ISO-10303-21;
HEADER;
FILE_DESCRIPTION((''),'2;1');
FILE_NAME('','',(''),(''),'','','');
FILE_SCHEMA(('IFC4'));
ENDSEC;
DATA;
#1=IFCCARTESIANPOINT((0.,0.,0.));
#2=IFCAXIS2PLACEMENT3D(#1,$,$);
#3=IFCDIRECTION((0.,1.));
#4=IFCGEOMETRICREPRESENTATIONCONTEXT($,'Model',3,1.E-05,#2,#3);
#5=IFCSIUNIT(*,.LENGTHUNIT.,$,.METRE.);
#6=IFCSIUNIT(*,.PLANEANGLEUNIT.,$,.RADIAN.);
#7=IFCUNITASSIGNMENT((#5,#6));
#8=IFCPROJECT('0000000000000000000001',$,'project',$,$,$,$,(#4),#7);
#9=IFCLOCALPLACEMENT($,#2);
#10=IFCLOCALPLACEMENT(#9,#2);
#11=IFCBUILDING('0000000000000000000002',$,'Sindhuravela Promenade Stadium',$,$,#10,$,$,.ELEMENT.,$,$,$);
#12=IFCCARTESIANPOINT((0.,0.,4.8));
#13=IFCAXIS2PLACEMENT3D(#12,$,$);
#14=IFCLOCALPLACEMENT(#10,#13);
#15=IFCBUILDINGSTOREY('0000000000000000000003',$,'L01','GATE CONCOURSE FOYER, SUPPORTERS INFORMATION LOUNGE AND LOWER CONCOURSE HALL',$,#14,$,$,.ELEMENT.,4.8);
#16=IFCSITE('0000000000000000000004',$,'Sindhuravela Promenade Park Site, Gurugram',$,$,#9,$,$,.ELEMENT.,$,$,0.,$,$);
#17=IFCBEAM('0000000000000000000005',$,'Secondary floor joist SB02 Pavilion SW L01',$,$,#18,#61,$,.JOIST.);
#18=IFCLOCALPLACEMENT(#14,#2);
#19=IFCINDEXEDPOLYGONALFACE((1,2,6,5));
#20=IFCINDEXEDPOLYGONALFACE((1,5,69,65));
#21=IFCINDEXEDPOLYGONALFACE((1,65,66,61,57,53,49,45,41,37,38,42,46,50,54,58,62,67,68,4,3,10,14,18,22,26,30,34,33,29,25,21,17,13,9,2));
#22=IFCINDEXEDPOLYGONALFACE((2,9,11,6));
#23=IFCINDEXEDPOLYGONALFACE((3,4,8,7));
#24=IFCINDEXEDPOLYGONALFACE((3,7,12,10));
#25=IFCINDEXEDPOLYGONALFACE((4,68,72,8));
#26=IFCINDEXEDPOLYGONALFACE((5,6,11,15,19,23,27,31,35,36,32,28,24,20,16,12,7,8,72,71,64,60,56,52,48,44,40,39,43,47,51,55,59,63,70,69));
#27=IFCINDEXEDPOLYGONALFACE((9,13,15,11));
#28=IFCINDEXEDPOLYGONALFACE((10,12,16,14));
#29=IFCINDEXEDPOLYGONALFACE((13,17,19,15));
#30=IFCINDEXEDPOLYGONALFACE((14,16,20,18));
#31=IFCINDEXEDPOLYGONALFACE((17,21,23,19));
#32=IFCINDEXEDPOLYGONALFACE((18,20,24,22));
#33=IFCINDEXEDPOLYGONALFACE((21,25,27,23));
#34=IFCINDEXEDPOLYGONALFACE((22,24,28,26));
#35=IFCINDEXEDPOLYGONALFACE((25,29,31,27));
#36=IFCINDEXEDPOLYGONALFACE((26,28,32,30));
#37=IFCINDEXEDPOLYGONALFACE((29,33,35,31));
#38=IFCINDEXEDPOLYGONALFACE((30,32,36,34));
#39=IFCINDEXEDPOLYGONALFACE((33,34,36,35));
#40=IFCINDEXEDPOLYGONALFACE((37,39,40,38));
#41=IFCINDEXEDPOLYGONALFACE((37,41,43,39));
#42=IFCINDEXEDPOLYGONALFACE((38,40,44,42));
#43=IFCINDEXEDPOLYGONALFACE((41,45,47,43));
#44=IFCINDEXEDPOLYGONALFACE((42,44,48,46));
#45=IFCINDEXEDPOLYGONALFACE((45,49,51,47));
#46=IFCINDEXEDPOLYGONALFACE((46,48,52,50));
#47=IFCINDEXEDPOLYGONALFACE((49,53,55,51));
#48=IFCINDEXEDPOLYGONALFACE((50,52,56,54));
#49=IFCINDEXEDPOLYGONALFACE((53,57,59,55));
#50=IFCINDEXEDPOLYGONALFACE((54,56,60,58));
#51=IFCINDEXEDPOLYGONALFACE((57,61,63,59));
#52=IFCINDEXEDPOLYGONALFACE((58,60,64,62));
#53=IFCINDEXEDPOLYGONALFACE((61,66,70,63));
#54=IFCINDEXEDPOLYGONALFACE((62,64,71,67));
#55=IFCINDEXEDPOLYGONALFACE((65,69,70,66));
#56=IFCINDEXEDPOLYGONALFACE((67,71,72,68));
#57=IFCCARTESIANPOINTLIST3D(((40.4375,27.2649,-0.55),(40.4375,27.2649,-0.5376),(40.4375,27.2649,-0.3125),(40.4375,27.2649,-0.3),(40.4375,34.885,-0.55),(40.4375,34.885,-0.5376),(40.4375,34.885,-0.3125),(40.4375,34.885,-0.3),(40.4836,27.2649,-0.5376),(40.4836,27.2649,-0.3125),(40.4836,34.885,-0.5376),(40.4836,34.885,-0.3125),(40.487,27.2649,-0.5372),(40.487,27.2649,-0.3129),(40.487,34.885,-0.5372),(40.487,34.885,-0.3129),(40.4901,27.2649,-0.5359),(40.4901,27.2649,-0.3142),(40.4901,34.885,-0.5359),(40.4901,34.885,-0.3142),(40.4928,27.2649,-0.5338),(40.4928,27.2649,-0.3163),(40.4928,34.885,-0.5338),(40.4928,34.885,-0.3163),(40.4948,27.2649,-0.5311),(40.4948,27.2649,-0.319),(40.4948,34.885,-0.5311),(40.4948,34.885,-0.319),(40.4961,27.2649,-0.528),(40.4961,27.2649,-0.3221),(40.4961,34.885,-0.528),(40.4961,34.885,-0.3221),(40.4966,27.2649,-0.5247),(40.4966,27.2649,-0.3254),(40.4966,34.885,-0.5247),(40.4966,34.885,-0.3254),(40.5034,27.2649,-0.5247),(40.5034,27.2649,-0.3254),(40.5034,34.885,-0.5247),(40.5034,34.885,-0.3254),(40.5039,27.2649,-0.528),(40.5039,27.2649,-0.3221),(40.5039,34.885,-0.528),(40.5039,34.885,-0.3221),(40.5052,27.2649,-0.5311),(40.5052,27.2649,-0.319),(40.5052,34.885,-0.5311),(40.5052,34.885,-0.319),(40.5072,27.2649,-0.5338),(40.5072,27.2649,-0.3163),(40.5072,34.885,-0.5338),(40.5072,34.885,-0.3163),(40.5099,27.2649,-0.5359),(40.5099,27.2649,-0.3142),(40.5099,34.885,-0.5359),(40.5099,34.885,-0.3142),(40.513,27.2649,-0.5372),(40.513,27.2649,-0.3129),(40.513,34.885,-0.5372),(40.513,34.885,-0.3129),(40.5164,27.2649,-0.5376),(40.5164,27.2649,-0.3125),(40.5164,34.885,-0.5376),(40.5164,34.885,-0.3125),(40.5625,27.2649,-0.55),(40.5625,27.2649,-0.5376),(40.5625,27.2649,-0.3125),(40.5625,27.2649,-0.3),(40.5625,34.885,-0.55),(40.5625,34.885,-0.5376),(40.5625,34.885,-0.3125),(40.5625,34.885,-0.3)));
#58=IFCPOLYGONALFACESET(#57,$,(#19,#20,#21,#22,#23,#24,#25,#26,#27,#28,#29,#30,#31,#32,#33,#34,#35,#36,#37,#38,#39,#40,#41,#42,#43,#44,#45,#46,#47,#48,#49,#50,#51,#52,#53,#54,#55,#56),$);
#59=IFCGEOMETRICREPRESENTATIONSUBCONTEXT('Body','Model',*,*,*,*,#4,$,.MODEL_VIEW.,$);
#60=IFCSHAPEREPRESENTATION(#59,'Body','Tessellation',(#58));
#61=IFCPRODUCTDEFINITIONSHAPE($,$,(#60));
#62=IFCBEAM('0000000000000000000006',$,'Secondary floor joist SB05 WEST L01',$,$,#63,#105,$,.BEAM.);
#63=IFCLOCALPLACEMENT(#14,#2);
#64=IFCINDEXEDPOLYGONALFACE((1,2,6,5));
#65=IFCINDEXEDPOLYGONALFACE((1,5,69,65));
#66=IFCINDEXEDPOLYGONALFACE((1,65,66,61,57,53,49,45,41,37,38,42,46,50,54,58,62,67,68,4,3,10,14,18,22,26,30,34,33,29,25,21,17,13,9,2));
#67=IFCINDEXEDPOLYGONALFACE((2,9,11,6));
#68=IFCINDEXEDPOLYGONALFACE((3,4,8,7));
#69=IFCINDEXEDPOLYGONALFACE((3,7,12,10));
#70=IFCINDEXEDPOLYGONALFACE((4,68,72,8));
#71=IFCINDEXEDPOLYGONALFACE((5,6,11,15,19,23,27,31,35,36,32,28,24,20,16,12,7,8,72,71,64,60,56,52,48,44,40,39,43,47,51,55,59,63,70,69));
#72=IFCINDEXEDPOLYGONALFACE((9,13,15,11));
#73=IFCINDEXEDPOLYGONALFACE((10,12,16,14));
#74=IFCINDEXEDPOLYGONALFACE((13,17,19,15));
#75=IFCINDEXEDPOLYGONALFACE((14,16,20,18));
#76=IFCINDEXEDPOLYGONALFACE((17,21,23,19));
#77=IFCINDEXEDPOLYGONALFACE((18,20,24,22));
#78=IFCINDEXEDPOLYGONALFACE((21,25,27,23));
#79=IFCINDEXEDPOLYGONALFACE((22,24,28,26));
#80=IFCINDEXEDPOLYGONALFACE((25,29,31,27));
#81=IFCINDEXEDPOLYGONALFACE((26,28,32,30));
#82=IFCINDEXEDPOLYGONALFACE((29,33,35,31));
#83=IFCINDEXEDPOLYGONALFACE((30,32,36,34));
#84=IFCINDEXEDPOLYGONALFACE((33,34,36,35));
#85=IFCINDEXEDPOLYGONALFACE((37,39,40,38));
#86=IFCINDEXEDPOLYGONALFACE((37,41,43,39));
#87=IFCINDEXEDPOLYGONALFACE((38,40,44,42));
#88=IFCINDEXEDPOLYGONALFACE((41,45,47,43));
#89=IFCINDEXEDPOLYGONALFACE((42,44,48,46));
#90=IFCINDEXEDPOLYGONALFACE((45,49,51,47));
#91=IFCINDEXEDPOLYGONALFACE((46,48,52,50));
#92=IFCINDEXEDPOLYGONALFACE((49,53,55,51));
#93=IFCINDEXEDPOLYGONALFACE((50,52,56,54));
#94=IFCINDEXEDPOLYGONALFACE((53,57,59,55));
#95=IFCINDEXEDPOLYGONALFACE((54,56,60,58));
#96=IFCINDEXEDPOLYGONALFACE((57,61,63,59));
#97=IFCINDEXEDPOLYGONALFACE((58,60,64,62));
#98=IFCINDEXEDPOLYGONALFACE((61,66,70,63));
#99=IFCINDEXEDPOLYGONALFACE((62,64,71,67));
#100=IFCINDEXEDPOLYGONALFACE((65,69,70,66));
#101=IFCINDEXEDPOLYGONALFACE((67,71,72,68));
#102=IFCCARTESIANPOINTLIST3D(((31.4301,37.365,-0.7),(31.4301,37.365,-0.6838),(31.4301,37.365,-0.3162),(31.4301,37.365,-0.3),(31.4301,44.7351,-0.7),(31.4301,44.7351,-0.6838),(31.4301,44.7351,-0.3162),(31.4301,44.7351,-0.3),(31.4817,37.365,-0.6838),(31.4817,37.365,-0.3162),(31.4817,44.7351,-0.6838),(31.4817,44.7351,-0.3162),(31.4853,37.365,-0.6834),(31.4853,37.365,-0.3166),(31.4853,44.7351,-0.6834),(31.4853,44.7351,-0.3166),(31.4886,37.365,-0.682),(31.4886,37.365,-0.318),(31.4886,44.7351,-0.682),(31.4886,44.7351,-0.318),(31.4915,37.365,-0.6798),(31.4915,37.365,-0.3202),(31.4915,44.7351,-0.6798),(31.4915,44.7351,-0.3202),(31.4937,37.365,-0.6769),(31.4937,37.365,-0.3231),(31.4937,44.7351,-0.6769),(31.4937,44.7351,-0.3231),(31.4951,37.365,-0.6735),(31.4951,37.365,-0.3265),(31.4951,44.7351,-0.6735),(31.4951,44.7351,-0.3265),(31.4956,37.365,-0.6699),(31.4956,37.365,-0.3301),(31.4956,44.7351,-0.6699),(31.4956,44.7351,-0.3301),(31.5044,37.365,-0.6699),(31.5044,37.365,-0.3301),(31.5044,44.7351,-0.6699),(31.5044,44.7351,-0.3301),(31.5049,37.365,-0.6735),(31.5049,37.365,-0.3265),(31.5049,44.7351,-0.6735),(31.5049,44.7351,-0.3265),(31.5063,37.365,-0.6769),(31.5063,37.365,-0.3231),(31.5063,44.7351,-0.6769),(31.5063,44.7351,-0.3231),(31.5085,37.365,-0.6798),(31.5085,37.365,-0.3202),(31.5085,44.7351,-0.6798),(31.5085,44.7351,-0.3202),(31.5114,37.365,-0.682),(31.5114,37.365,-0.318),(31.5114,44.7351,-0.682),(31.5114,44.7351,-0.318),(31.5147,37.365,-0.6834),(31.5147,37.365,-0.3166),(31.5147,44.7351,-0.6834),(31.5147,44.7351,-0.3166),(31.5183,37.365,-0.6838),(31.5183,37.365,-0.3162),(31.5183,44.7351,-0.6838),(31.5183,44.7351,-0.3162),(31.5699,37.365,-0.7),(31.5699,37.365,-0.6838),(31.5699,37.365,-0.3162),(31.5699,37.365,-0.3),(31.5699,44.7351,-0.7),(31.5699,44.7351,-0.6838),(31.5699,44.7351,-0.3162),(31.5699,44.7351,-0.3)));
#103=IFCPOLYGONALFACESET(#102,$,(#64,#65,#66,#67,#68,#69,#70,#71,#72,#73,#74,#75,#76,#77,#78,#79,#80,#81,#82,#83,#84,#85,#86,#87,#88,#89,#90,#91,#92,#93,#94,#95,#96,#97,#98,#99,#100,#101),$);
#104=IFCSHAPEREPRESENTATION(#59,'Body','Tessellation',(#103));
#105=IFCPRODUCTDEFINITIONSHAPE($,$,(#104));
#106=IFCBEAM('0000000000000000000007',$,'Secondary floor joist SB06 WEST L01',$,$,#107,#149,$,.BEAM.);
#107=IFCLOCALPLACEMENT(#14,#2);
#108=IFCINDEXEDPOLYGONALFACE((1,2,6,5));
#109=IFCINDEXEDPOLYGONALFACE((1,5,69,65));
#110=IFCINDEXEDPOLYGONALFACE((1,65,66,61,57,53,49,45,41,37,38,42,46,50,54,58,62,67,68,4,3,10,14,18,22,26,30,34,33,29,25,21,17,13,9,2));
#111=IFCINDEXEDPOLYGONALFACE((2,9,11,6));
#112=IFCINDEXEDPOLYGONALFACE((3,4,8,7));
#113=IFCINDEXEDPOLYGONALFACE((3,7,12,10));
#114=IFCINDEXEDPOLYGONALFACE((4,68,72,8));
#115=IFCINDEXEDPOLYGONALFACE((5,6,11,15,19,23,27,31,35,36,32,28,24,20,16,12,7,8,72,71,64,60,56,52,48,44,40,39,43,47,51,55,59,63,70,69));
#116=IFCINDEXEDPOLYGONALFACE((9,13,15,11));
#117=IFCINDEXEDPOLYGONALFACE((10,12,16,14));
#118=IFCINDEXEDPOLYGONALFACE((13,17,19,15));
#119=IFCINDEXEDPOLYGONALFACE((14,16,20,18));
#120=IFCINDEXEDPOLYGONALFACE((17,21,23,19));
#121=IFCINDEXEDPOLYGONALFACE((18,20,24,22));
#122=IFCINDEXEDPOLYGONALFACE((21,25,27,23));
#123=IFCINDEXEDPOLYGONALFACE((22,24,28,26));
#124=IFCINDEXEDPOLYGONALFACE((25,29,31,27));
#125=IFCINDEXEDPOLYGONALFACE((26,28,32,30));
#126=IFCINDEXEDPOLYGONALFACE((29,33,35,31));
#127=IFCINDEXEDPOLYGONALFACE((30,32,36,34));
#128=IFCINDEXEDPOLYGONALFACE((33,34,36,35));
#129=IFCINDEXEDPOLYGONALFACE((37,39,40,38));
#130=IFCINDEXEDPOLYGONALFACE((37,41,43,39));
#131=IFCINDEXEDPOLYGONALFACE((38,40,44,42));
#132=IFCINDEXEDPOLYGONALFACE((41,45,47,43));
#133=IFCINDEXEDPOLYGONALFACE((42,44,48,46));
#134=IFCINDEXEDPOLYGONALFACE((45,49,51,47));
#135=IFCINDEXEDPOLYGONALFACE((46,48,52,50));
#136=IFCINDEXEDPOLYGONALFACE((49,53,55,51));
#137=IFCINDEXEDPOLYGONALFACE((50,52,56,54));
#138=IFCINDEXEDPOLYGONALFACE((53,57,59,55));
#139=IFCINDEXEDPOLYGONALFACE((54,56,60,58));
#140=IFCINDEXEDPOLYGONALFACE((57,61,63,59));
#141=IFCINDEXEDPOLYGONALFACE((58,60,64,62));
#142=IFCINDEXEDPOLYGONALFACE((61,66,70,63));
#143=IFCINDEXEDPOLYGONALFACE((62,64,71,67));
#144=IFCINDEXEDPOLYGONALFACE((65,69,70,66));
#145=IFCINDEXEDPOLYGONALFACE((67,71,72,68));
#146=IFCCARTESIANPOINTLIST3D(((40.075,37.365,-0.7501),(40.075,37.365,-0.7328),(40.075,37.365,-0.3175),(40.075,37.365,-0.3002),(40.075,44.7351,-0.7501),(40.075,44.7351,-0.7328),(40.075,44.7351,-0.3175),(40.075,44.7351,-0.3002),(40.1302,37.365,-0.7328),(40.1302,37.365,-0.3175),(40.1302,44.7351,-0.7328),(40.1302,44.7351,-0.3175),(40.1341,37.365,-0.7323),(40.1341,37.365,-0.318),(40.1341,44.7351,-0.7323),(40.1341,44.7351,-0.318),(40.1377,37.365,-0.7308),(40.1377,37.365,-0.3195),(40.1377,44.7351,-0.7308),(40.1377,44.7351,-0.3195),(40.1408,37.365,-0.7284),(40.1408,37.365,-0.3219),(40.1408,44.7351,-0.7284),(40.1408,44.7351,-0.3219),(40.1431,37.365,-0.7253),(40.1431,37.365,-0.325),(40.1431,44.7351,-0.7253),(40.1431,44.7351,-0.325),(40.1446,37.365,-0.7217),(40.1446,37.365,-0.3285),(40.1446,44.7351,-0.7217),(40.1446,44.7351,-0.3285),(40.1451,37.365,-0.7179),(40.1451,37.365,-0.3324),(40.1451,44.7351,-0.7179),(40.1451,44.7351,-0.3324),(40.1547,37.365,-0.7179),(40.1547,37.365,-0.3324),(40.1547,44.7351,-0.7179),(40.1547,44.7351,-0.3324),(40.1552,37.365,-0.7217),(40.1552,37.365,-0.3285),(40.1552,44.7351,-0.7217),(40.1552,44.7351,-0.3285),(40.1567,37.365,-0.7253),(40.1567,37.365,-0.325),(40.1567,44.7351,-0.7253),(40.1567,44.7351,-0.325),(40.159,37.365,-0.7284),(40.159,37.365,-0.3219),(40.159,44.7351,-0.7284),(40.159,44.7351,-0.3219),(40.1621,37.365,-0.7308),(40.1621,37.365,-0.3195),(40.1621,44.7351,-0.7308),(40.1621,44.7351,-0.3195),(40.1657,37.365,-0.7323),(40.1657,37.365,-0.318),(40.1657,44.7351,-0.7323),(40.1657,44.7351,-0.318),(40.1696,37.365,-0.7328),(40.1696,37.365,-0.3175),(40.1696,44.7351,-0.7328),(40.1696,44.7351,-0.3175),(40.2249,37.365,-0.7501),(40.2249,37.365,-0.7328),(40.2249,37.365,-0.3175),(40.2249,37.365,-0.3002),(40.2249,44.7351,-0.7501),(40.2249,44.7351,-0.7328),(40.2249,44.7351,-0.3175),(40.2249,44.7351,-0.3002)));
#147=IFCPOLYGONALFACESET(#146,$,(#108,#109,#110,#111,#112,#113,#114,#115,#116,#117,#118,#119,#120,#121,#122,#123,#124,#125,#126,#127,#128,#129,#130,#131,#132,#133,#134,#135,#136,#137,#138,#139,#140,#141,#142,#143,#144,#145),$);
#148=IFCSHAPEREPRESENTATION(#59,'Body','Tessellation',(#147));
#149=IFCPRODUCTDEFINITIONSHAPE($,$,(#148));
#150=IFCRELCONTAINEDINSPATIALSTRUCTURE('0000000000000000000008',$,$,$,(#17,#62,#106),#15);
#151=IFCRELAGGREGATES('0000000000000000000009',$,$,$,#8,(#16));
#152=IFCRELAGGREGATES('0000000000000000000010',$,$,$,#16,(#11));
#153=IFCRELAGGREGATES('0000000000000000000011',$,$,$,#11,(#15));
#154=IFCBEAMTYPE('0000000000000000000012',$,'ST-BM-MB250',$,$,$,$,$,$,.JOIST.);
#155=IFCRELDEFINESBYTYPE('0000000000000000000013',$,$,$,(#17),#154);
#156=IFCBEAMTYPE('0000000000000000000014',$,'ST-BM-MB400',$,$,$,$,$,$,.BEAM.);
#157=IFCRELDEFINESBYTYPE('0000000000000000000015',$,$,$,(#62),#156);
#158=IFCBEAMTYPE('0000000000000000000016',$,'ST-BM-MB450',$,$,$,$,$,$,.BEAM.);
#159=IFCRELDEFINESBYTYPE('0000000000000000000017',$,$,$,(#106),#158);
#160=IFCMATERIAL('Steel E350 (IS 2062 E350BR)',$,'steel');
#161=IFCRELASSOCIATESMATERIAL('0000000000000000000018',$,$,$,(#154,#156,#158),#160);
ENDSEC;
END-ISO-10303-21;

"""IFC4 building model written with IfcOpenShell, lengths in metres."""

from ifc_helpers import new_model, si_unit, direction, frame, origin, origin_2d, place, context, subcontext, project, spatial, i_section, extrude, material, material_profile, profile_set, type_object, element, save


model = new_model("IFC4")

# Units and contexts
model_context = context("Model", 3, precision=1e-05, world=origin(), true_north=direction((0.0, 1.0)))
body_context = subcontext(model_context, "Body", "Model", "MODEL_VIEW")
ifc_project = project(units=[si_unit("LENGTHUNIT", "METRE"), si_unit("PLANEANGLEUNIT", "RADIAN")], contexts=[model_context])

# Site, building, storey
site_placement = place(None, origin())
site = spatial("IfcSite", under=ifc_project, at=site_placement, Name="Sindhuravela Promenade Park Site, Gurugram", CompositionType="ELEMENT", RefElevation=0.0)
building_placement = place(site_placement, origin())
building = spatial("IfcBuilding", under=site, at=building_placement, Name="Sindhuravela Promenade Stadium", CompositionType="ELEMENT")
storey_placement = place(building_placement, frame((0.0, 0.0, 4.8)))
storey = spatial("IfcBuildingStorey", under=building, at=storey_placement, Name="L01", Description="GATE CONCOURSE FOYER, SUPPORTERS INFORMATION LOUNGE AND LOWER CONCOURSE HALL", CompositionType="ELEMENT", Elevation=4.8)

# Beams
ifc_material_1 = material(Name="Steel E350 (IS 2062 E350BR)", Category="steel")
ifc_material_profile_1 = material_profile(ifc_material_1, i_section(OverallWidth=0.125, OverallDepth=0.25, WebThickness=0.0068, FlangeThickness=0.0125, FilletRadius=0.0129, at=origin_2d()), Name="ISMB 250")
ifc_profile_set_1 = profile_set([ifc_material_profile_1], Name="Steel E350 (IS 2062 E350BR)")
beam_type_1 = type_object("IfcBeamType", Name="ST-BM-MB250", PredefinedType="JOIST", material=ifc_profile_set_1)
beam_1_placement = place(storey_placement, frame((40.5, 27.2649, -0.425), z_axis=(0.0, 1.0, 0.0), x_axis=(-1.0, 0.0, 0.0)))
element("IfcBeam", 1, at=beam_1_placement, inside=storey, type_object=beam_type_1, Name="Secondary floor joist SB02 Pavilion SW L01", PredefinedType="JOIST", context=body_context, shape_type="SweptSolid", body=[
    extrude(i_section(OverallWidth=0.125, OverallDepth=0.25, WebThickness=0.0068, FlangeThickness=0.0125, FilletRadius=0.0129, at=origin_2d()), origin(), (0.0, 0.0, 1.0), 7.6201),
])
ifc_material_profile_2 = material_profile(ifc_material_1, i_section(OverallWidth=0.1399, OverallDepth=0.3999, WebThickness=0.0088, FlangeThickness=0.0161, FilletRadius=0.0139, at=origin_2d()), Name="ISMB 400")
ifc_profile_set_2 = profile_set([ifc_material_profile_2], Name="Steel E350 (IS 2062 E350BR)")
beam_type_2 = type_object("IfcBeamType", Name="ST-BM-MB400", PredefinedType="BEAM", material=ifc_profile_set_2)
beam_2_placement = place(storey_placement, frame((31.5, 37.365, -0.5), z_axis=(0.0, 1.0, 0.0), x_axis=(-1.0, 0.0, 0.0)))
element("IfcBeam", 2, at=beam_2_placement, inside=storey, type_object=beam_type_2, Name="Secondary floor joist SB05 WEST L01", PredefinedType="BEAM", context=body_context, shape_type="SweptSolid", body=[
    extrude(i_section(OverallWidth=0.1399, OverallDepth=0.3999, WebThickness=0.0088, FlangeThickness=0.0161, FilletRadius=0.0139, at=origin_2d()), origin(), (0.0, 0.0, 1.0), 7.3701),
])
ifc_material_profile_3 = material_profile(ifc_material_1, i_section(OverallWidth=0.1499, OverallDepth=0.45, WebThickness=0.0095, FlangeThickness=0.0173, FilletRadius=0.0149, at=origin_2d()), Name="ISMB 450")
ifc_profile_set_3 = profile_set([ifc_material_profile_3], Name="Steel E350 (IS 2062 E350BR)")
beam_type_3 = type_object("IfcBeamType", Name="ST-BM-MB450", PredefinedType="BEAM", material=ifc_profile_set_3)
beam_3_placement = place(storey_placement, frame((40.1499, 37.365, -0.5251), z_axis=(0.0, 1.0, 0.0), x_axis=(-1.0, 0.0, 0.0)))
element("IfcBeam", 3, at=beam_3_placement, inside=storey, type_object=beam_type_3, Name="Secondary floor joist SB06 WEST L01", PredefinedType="BEAM", context=body_context, shape_type="SweptSolid", body=[
    extrude(i_section(OverallWidth=0.1499, OverallDepth=0.45, WebThickness=0.0095, FlangeThickness=0.0173, FilletRadius=0.0149, at=origin_2d()), origin(), (0.0, 0.0, 1.0), 7.3701),
])

save(model, "model.ifc")
